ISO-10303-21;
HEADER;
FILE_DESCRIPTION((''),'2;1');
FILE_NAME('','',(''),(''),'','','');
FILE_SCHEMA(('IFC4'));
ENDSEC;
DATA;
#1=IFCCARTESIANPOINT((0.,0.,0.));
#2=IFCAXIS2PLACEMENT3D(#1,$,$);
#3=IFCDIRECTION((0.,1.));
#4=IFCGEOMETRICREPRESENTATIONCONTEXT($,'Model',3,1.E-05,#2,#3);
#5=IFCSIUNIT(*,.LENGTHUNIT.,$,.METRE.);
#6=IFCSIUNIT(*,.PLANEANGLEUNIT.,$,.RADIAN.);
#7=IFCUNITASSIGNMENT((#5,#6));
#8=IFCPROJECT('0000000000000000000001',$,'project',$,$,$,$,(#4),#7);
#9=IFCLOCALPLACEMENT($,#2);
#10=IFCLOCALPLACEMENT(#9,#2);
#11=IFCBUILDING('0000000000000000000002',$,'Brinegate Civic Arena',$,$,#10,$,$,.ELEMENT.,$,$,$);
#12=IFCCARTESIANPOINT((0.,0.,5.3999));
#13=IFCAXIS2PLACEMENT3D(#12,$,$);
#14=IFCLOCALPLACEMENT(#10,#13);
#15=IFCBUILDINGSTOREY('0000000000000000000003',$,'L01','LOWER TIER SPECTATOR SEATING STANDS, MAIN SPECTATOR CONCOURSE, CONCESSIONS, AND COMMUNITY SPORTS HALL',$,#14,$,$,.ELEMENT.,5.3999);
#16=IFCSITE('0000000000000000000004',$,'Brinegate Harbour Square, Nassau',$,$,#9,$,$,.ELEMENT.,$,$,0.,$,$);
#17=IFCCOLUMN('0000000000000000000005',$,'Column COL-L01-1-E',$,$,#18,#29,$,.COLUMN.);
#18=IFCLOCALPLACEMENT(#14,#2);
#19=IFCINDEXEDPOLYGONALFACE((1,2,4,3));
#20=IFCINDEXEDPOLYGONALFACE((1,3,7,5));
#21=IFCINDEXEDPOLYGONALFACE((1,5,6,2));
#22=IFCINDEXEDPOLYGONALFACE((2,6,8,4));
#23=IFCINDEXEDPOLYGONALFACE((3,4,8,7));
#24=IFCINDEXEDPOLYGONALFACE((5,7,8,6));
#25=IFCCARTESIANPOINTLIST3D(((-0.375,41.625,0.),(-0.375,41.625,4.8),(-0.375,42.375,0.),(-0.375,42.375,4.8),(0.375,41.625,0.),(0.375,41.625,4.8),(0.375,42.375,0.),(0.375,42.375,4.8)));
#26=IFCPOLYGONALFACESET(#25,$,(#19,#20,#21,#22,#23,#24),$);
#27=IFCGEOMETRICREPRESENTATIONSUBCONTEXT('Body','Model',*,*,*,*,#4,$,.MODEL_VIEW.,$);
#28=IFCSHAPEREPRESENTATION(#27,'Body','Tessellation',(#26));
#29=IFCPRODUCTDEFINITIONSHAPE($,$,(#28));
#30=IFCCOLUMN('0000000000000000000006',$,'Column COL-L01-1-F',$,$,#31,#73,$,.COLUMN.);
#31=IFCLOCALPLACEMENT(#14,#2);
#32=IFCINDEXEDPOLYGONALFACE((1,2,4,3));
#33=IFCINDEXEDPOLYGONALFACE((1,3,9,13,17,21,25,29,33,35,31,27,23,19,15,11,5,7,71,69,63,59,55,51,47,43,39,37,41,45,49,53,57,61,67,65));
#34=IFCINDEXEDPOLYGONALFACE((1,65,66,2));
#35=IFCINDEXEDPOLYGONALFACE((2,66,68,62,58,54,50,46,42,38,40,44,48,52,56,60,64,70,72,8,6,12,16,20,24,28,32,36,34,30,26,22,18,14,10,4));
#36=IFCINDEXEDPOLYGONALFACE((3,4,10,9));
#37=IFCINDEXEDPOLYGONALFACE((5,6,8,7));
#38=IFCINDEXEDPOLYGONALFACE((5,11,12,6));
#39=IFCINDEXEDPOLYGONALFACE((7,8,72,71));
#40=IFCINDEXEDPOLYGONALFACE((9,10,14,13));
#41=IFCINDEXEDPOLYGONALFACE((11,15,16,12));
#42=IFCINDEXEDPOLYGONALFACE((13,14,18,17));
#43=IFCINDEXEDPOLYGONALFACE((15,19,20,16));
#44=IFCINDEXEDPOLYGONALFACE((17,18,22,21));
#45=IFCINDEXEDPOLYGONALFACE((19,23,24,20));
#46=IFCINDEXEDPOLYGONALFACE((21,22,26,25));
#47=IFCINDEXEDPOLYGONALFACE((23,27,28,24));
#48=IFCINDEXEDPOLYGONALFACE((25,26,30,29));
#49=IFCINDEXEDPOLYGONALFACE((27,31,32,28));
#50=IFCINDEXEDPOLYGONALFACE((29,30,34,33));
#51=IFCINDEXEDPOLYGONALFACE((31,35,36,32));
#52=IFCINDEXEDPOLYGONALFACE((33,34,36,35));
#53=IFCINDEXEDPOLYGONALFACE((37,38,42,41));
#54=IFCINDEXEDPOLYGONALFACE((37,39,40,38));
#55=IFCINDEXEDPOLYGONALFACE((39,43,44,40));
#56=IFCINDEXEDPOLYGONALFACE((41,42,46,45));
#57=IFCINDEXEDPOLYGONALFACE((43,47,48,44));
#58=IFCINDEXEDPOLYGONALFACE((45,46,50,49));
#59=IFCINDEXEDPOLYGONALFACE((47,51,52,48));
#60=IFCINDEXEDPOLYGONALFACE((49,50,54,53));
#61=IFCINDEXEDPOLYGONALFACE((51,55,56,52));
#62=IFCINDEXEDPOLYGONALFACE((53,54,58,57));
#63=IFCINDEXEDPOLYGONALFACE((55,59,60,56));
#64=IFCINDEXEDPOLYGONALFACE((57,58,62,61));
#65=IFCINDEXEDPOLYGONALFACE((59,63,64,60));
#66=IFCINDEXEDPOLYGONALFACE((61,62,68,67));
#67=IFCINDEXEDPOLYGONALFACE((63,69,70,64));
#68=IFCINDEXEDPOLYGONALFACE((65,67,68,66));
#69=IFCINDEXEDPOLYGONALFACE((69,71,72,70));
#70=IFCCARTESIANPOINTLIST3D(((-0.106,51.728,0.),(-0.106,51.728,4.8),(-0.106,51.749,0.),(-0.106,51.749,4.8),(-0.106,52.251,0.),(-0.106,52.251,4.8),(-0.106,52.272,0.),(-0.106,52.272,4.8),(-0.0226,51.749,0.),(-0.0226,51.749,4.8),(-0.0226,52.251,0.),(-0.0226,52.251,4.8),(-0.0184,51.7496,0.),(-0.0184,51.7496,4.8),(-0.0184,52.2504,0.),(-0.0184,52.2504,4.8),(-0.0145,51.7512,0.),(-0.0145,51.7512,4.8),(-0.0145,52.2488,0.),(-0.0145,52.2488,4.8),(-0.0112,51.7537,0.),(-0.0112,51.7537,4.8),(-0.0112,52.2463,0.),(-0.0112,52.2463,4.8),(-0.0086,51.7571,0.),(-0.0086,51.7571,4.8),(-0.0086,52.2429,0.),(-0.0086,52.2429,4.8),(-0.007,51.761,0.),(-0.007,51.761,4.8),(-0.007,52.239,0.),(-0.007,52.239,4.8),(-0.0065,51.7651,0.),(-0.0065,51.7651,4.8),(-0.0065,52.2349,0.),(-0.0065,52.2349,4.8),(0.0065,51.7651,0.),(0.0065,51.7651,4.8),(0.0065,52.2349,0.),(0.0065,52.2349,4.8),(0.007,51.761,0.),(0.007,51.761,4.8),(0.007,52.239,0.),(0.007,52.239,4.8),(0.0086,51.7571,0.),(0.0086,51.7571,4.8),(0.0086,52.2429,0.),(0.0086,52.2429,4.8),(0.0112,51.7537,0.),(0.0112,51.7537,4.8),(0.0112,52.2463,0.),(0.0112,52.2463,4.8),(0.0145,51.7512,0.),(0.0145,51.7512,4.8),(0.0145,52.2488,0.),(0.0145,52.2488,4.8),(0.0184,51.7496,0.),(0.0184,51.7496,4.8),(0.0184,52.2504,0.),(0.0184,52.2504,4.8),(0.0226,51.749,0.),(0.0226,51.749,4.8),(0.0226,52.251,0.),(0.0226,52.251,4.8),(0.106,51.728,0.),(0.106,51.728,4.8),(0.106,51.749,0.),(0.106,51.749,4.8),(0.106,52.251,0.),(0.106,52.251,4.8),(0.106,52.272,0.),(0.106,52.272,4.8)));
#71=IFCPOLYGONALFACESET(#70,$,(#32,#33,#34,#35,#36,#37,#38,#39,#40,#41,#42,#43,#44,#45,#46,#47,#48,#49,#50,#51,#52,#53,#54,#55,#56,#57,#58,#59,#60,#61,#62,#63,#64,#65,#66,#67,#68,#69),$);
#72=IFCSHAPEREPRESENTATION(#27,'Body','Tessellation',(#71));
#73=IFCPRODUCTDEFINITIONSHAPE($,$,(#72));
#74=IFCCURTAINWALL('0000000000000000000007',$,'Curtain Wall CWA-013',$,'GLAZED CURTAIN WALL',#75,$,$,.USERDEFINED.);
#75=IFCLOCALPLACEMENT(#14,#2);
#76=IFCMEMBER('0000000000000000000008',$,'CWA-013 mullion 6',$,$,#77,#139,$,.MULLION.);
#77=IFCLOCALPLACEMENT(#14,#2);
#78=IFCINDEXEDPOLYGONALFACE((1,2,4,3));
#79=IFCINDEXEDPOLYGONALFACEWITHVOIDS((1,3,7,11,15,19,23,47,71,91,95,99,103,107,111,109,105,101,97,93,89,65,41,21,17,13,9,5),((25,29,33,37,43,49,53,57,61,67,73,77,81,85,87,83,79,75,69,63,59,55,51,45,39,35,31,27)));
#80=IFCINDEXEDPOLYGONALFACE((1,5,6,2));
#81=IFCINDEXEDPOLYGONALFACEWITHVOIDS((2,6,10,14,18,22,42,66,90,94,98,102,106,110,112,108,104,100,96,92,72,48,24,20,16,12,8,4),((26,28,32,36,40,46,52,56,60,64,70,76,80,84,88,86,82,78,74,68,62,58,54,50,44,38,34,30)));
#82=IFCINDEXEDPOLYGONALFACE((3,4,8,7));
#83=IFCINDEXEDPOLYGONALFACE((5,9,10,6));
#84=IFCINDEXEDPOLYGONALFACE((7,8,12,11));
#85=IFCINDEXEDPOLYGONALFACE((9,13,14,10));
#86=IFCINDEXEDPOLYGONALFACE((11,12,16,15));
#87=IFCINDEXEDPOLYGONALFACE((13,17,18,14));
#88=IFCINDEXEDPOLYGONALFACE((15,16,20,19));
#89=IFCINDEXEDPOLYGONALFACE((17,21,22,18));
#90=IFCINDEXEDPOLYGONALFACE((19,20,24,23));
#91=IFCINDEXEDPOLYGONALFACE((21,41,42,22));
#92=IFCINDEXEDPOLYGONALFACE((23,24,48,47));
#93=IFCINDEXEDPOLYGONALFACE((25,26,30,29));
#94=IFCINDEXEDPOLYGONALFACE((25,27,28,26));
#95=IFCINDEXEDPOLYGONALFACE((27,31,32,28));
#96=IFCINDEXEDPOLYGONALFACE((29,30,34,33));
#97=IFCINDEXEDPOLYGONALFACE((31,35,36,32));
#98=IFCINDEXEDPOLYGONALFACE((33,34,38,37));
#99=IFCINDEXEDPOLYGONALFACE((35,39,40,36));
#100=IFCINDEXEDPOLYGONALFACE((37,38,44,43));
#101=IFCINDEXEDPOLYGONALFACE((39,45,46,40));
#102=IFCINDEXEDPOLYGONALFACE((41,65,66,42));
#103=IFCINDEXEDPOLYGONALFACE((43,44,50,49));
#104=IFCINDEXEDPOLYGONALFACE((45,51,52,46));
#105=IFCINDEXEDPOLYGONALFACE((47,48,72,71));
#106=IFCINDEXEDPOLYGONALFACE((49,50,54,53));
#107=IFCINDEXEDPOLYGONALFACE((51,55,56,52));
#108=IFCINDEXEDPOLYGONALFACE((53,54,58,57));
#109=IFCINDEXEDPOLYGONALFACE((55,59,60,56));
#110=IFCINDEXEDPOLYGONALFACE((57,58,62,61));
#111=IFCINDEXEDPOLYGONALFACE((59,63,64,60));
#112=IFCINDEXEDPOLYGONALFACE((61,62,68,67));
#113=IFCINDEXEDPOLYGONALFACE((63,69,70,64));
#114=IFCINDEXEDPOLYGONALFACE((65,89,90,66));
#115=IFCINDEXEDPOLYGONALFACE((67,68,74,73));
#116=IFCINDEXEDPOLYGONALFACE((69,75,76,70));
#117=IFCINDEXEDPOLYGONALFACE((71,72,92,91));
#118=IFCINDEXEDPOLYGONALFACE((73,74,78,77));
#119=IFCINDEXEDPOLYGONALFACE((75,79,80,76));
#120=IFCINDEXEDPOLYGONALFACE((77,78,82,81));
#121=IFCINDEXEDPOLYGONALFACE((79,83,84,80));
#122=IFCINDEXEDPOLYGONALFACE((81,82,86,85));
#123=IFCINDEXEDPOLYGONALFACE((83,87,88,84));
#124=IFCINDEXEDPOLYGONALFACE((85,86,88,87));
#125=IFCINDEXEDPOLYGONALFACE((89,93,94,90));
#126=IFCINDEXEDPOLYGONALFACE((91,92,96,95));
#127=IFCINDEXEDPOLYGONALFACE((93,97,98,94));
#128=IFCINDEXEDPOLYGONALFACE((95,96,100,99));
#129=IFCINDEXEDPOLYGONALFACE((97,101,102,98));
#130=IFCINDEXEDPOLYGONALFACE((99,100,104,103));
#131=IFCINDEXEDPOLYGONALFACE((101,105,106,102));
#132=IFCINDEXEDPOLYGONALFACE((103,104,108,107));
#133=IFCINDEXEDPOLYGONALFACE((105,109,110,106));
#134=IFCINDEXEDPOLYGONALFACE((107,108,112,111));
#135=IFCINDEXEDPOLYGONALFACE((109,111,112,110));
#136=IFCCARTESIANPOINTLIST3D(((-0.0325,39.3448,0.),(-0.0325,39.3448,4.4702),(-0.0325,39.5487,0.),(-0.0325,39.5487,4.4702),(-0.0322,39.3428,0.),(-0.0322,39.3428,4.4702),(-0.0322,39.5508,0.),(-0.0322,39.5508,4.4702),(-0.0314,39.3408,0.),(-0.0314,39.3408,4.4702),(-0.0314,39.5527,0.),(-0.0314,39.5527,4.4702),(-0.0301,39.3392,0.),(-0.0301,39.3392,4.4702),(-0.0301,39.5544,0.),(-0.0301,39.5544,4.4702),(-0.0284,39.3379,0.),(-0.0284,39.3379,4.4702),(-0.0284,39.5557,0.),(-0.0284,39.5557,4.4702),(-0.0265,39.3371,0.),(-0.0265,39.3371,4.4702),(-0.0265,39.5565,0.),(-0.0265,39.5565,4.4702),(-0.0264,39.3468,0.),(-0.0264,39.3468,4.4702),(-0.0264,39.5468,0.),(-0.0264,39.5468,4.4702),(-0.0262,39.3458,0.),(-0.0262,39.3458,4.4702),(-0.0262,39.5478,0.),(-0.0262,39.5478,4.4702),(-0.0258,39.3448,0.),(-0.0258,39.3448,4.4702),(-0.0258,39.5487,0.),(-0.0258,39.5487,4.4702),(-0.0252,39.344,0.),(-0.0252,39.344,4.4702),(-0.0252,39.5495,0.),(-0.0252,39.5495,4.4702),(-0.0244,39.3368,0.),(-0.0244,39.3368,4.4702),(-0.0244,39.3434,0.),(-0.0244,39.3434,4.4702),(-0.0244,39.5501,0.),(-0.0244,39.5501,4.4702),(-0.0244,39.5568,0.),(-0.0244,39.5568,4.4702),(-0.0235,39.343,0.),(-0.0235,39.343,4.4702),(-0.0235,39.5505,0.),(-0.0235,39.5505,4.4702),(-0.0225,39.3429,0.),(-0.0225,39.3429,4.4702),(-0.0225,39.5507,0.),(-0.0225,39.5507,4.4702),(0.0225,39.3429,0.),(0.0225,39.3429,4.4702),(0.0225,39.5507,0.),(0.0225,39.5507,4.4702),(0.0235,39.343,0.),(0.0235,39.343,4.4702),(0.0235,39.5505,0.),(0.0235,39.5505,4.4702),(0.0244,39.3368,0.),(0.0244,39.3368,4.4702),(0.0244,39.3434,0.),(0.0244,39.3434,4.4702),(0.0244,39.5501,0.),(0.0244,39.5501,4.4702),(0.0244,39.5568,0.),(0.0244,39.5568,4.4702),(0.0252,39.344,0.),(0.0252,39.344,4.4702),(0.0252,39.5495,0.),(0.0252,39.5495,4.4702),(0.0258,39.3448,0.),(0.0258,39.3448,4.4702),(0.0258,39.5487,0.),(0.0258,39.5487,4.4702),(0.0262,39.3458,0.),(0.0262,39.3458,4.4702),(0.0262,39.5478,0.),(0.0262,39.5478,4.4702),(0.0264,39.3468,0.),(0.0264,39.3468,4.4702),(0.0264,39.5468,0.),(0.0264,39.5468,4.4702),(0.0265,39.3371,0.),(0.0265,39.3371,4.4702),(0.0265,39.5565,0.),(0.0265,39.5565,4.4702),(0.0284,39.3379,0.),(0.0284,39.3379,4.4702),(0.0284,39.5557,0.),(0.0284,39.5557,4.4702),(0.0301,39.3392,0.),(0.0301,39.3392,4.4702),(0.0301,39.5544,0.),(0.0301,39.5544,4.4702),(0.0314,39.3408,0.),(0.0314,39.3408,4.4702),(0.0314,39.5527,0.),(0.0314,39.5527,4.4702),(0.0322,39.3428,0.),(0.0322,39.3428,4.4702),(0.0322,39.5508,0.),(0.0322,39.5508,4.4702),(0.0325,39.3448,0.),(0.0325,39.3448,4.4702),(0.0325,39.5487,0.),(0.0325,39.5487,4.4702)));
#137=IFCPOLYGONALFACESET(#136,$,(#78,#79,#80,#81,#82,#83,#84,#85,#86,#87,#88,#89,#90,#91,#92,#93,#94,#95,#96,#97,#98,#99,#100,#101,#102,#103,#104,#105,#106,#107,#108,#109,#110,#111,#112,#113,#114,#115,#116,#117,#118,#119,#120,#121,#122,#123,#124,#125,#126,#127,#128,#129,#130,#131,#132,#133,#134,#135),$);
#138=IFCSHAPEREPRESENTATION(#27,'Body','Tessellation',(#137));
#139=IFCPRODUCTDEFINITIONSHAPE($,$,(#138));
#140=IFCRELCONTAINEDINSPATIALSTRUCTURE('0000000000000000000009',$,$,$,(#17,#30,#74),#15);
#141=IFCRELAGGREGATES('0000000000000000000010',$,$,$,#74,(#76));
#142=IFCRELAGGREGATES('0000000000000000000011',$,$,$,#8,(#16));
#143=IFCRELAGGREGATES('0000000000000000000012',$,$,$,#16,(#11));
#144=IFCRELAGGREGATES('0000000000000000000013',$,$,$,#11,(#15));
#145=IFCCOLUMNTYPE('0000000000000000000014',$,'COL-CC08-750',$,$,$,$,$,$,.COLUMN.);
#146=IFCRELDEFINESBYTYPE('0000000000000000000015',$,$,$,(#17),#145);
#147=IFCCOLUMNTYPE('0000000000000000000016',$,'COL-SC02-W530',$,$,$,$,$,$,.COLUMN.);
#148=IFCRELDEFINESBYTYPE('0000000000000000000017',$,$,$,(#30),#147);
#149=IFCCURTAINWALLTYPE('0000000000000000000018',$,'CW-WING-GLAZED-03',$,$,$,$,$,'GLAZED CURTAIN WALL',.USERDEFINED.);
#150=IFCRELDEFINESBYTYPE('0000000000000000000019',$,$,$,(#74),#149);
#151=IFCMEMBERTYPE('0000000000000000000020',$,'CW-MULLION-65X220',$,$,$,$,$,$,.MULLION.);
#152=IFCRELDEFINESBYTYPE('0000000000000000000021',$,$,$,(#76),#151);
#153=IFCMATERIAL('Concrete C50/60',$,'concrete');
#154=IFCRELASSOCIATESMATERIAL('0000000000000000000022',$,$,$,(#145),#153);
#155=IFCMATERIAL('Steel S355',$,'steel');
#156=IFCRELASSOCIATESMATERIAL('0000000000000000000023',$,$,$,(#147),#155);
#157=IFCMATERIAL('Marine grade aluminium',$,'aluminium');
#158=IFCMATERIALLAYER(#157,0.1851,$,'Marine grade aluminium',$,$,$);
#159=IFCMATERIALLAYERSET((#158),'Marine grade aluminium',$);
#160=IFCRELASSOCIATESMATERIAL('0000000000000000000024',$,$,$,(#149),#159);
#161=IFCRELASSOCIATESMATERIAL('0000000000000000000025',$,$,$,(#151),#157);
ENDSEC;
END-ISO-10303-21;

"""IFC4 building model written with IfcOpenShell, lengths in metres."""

from ifc_helpers import new_model, si_unit, direction, frame, origin, origin_2d, place, context, subcontext, project, spatial, rectangle, hollow_rectangle, i_section, extrude, material, layer, layer_set, material_profile, profile_set, type_object, element, aggregate, save


model = new_model("IFC4")

# Units and contexts
model_context = context("Model", 3, precision=1e-05, world=origin(), true_north=direction((0.0, 1.0)))
body_context = subcontext(model_context, "Body", "Model", "MODEL_VIEW")
ifc_project = project(units=[si_unit("LENGTHUNIT", "METRE"), si_unit("PLANEANGLEUNIT", "RADIAN")], contexts=[model_context])

# Site, building, storey
site_placement = place(None, origin())
site = spatial("IfcSite", under=ifc_project, at=site_placement, Name="Brinegate Harbour Square, Nassau", CompositionType="ELEMENT", RefElevation=0.0)
building_placement = place(site_placement, origin())
building = spatial("IfcBuilding", under=site, at=building_placement, Name="Brinegate Civic Arena", CompositionType="ELEMENT")
storey_placement = place(building_placement, frame((0.0, 0.0, 5.3999)))
storey = spatial("IfcBuildingStorey", under=building, at=storey_placement, Name="L01", Description="LOWER TIER SPECTATOR SEATING STANDS, MAIN SPECTATOR CONCOURSE, CONCESSIONS, AND COMMUNITY SPORTS HALL", CompositionType="ELEMENT", Elevation=5.3999)

# Columns
ifc_material_1 = material(Name="Concrete C50/60", Category="concrete")
ifc_material_profile_1 = material_profile(ifc_material_1, rectangle(XDim=0.75, YDim=0.75, at=origin_2d()), Name="RC750X750")
ifc_profile_set_1 = profile_set([ifc_material_profile_1], Name="Concrete C50/60")
column_type_1 = type_object("IfcColumnType", Name="COL-CC08-750", PredefinedType="COLUMN", material=ifc_profile_set_1)
column_1_placement = place(storey_placement, frame((0.0, 42.0, 0.0), z_axis=(0.0, 0.0, 1.0), x_axis=(1.0, 0.0, 0.0)))
element("IfcColumn", 1, at=column_1_placement, inside=storey, type_object=column_type_1, Name="Column COL-L01-1-E", PredefinedType="COLUMN", context=body_context, shape_type="SweptSolid", body=[
    extrude(rectangle(XDim=0.75, YDim=0.75, at=origin_2d()), origin(), (0.0, 0.0, 1.0), 4.8),
])
ifc_material_2 = material(Name="Steel S355", Category="steel")
ifc_material_profile_2 = material_profile(ifc_material_2, i_section(OverallWidth=0.2119, OverallDepth=0.5439, WebThickness=0.0129, FlangeThickness=0.021, FilletRadius=0.0161, at=origin_2d()), Name="W530X123")
ifc_profile_set_2 = profile_set([ifc_material_profile_2], Name="Steel S355")
column_type_2 = type_object("IfcColumnType", Name="COL-SC02-W530", PredefinedType="COLUMN", material=ifc_profile_set_2)
column_2_placement = place(storey_placement, frame((0.0, 52.0, 0.0), z_axis=(0.0, 0.0, 1.0), x_axis=(1.0, 0.0, 0.0)))
element("IfcColumn", 2, at=column_2_placement, inside=storey, type_object=column_type_2, Name="Column COL-L01-1-F", PredefinedType="COLUMN", context=body_context, shape_type="SweptSolid", body=[
    extrude(i_section(OverallWidth=0.2119, OverallDepth=0.5439, WebThickness=0.0129, FlangeThickness=0.021, FilletRadius=0.0161, at=origin_2d()), origin(), (0.0, 0.0, 1.0), 4.8),
])

# Curtain wall, member
ifc_material_3 = material(Name="Marine grade aluminium", Category="aluminium")
ifc_layer_1 = layer(ifc_material_3, 0.1851, Name="Marine grade aluminium")
ifc_layer_set_1 = layer_set([ifc_layer_1], Name="Marine grade aluminium")
curtain_wall_type = type_object("IfcCurtainWallType", Name="CW-WING-GLAZED-03", ElementType="GLAZED CURTAIN WALL", PredefinedType="USERDEFINED", material=ifc_layer_set_1)
curtain_wall_placement = place(storey_placement, origin())
curtain_wall = element("IfcCurtainWall", 3, at=curtain_wall_placement, inside=storey, type_object=curtain_wall_type, Name="Curtain Wall CWA-013", ObjectType="GLAZED CURTAIN WALL", PredefinedType="USERDEFINED")
ifc_material_profile_3 = material_profile(ifc_material_3, hollow_rectangle(XDim=0.0649, YDim=0.22, WallThickness=0.0061, InnerFilletRadius=0.0039, OuterFilletRadius=0.0081, at=origin_2d()), Name="MUL65X220")
ifc_profile_set_3 = profile_set([ifc_material_profile_3], Name="Marine grade aluminium")
member_type_1 = type_object("IfcMemberType", Name="CW-MULLION-65X220", PredefinedType="MULLION", material=ifc_profile_set_3)
member_1_placement = place(storey_placement, frame((0.0, 39.4468, 0.0), z_axis=(0.0, 0.0, 1.0), x_axis=(-1.0, 0.0, 0.0)))
member_1 = element("IfcMember", 4, at=member_1_placement, type_object=member_type_1, Name="CWA-013 mullion 6", PredefinedType="MULLION", context=body_context, shape_type="SweptSolid", body=[
    extrude(hollow_rectangle(XDim=0.0649, YDim=0.22, WallThickness=0.0061, InnerFilletRadius=0.0039, OuterFilletRadius=0.0081, at=origin_2d()), origin(), (0.0, 0.0, 1.0), 4.4702),
])

aggregate(curtain_wall, [member_1])

save(model, "model.ifc")
